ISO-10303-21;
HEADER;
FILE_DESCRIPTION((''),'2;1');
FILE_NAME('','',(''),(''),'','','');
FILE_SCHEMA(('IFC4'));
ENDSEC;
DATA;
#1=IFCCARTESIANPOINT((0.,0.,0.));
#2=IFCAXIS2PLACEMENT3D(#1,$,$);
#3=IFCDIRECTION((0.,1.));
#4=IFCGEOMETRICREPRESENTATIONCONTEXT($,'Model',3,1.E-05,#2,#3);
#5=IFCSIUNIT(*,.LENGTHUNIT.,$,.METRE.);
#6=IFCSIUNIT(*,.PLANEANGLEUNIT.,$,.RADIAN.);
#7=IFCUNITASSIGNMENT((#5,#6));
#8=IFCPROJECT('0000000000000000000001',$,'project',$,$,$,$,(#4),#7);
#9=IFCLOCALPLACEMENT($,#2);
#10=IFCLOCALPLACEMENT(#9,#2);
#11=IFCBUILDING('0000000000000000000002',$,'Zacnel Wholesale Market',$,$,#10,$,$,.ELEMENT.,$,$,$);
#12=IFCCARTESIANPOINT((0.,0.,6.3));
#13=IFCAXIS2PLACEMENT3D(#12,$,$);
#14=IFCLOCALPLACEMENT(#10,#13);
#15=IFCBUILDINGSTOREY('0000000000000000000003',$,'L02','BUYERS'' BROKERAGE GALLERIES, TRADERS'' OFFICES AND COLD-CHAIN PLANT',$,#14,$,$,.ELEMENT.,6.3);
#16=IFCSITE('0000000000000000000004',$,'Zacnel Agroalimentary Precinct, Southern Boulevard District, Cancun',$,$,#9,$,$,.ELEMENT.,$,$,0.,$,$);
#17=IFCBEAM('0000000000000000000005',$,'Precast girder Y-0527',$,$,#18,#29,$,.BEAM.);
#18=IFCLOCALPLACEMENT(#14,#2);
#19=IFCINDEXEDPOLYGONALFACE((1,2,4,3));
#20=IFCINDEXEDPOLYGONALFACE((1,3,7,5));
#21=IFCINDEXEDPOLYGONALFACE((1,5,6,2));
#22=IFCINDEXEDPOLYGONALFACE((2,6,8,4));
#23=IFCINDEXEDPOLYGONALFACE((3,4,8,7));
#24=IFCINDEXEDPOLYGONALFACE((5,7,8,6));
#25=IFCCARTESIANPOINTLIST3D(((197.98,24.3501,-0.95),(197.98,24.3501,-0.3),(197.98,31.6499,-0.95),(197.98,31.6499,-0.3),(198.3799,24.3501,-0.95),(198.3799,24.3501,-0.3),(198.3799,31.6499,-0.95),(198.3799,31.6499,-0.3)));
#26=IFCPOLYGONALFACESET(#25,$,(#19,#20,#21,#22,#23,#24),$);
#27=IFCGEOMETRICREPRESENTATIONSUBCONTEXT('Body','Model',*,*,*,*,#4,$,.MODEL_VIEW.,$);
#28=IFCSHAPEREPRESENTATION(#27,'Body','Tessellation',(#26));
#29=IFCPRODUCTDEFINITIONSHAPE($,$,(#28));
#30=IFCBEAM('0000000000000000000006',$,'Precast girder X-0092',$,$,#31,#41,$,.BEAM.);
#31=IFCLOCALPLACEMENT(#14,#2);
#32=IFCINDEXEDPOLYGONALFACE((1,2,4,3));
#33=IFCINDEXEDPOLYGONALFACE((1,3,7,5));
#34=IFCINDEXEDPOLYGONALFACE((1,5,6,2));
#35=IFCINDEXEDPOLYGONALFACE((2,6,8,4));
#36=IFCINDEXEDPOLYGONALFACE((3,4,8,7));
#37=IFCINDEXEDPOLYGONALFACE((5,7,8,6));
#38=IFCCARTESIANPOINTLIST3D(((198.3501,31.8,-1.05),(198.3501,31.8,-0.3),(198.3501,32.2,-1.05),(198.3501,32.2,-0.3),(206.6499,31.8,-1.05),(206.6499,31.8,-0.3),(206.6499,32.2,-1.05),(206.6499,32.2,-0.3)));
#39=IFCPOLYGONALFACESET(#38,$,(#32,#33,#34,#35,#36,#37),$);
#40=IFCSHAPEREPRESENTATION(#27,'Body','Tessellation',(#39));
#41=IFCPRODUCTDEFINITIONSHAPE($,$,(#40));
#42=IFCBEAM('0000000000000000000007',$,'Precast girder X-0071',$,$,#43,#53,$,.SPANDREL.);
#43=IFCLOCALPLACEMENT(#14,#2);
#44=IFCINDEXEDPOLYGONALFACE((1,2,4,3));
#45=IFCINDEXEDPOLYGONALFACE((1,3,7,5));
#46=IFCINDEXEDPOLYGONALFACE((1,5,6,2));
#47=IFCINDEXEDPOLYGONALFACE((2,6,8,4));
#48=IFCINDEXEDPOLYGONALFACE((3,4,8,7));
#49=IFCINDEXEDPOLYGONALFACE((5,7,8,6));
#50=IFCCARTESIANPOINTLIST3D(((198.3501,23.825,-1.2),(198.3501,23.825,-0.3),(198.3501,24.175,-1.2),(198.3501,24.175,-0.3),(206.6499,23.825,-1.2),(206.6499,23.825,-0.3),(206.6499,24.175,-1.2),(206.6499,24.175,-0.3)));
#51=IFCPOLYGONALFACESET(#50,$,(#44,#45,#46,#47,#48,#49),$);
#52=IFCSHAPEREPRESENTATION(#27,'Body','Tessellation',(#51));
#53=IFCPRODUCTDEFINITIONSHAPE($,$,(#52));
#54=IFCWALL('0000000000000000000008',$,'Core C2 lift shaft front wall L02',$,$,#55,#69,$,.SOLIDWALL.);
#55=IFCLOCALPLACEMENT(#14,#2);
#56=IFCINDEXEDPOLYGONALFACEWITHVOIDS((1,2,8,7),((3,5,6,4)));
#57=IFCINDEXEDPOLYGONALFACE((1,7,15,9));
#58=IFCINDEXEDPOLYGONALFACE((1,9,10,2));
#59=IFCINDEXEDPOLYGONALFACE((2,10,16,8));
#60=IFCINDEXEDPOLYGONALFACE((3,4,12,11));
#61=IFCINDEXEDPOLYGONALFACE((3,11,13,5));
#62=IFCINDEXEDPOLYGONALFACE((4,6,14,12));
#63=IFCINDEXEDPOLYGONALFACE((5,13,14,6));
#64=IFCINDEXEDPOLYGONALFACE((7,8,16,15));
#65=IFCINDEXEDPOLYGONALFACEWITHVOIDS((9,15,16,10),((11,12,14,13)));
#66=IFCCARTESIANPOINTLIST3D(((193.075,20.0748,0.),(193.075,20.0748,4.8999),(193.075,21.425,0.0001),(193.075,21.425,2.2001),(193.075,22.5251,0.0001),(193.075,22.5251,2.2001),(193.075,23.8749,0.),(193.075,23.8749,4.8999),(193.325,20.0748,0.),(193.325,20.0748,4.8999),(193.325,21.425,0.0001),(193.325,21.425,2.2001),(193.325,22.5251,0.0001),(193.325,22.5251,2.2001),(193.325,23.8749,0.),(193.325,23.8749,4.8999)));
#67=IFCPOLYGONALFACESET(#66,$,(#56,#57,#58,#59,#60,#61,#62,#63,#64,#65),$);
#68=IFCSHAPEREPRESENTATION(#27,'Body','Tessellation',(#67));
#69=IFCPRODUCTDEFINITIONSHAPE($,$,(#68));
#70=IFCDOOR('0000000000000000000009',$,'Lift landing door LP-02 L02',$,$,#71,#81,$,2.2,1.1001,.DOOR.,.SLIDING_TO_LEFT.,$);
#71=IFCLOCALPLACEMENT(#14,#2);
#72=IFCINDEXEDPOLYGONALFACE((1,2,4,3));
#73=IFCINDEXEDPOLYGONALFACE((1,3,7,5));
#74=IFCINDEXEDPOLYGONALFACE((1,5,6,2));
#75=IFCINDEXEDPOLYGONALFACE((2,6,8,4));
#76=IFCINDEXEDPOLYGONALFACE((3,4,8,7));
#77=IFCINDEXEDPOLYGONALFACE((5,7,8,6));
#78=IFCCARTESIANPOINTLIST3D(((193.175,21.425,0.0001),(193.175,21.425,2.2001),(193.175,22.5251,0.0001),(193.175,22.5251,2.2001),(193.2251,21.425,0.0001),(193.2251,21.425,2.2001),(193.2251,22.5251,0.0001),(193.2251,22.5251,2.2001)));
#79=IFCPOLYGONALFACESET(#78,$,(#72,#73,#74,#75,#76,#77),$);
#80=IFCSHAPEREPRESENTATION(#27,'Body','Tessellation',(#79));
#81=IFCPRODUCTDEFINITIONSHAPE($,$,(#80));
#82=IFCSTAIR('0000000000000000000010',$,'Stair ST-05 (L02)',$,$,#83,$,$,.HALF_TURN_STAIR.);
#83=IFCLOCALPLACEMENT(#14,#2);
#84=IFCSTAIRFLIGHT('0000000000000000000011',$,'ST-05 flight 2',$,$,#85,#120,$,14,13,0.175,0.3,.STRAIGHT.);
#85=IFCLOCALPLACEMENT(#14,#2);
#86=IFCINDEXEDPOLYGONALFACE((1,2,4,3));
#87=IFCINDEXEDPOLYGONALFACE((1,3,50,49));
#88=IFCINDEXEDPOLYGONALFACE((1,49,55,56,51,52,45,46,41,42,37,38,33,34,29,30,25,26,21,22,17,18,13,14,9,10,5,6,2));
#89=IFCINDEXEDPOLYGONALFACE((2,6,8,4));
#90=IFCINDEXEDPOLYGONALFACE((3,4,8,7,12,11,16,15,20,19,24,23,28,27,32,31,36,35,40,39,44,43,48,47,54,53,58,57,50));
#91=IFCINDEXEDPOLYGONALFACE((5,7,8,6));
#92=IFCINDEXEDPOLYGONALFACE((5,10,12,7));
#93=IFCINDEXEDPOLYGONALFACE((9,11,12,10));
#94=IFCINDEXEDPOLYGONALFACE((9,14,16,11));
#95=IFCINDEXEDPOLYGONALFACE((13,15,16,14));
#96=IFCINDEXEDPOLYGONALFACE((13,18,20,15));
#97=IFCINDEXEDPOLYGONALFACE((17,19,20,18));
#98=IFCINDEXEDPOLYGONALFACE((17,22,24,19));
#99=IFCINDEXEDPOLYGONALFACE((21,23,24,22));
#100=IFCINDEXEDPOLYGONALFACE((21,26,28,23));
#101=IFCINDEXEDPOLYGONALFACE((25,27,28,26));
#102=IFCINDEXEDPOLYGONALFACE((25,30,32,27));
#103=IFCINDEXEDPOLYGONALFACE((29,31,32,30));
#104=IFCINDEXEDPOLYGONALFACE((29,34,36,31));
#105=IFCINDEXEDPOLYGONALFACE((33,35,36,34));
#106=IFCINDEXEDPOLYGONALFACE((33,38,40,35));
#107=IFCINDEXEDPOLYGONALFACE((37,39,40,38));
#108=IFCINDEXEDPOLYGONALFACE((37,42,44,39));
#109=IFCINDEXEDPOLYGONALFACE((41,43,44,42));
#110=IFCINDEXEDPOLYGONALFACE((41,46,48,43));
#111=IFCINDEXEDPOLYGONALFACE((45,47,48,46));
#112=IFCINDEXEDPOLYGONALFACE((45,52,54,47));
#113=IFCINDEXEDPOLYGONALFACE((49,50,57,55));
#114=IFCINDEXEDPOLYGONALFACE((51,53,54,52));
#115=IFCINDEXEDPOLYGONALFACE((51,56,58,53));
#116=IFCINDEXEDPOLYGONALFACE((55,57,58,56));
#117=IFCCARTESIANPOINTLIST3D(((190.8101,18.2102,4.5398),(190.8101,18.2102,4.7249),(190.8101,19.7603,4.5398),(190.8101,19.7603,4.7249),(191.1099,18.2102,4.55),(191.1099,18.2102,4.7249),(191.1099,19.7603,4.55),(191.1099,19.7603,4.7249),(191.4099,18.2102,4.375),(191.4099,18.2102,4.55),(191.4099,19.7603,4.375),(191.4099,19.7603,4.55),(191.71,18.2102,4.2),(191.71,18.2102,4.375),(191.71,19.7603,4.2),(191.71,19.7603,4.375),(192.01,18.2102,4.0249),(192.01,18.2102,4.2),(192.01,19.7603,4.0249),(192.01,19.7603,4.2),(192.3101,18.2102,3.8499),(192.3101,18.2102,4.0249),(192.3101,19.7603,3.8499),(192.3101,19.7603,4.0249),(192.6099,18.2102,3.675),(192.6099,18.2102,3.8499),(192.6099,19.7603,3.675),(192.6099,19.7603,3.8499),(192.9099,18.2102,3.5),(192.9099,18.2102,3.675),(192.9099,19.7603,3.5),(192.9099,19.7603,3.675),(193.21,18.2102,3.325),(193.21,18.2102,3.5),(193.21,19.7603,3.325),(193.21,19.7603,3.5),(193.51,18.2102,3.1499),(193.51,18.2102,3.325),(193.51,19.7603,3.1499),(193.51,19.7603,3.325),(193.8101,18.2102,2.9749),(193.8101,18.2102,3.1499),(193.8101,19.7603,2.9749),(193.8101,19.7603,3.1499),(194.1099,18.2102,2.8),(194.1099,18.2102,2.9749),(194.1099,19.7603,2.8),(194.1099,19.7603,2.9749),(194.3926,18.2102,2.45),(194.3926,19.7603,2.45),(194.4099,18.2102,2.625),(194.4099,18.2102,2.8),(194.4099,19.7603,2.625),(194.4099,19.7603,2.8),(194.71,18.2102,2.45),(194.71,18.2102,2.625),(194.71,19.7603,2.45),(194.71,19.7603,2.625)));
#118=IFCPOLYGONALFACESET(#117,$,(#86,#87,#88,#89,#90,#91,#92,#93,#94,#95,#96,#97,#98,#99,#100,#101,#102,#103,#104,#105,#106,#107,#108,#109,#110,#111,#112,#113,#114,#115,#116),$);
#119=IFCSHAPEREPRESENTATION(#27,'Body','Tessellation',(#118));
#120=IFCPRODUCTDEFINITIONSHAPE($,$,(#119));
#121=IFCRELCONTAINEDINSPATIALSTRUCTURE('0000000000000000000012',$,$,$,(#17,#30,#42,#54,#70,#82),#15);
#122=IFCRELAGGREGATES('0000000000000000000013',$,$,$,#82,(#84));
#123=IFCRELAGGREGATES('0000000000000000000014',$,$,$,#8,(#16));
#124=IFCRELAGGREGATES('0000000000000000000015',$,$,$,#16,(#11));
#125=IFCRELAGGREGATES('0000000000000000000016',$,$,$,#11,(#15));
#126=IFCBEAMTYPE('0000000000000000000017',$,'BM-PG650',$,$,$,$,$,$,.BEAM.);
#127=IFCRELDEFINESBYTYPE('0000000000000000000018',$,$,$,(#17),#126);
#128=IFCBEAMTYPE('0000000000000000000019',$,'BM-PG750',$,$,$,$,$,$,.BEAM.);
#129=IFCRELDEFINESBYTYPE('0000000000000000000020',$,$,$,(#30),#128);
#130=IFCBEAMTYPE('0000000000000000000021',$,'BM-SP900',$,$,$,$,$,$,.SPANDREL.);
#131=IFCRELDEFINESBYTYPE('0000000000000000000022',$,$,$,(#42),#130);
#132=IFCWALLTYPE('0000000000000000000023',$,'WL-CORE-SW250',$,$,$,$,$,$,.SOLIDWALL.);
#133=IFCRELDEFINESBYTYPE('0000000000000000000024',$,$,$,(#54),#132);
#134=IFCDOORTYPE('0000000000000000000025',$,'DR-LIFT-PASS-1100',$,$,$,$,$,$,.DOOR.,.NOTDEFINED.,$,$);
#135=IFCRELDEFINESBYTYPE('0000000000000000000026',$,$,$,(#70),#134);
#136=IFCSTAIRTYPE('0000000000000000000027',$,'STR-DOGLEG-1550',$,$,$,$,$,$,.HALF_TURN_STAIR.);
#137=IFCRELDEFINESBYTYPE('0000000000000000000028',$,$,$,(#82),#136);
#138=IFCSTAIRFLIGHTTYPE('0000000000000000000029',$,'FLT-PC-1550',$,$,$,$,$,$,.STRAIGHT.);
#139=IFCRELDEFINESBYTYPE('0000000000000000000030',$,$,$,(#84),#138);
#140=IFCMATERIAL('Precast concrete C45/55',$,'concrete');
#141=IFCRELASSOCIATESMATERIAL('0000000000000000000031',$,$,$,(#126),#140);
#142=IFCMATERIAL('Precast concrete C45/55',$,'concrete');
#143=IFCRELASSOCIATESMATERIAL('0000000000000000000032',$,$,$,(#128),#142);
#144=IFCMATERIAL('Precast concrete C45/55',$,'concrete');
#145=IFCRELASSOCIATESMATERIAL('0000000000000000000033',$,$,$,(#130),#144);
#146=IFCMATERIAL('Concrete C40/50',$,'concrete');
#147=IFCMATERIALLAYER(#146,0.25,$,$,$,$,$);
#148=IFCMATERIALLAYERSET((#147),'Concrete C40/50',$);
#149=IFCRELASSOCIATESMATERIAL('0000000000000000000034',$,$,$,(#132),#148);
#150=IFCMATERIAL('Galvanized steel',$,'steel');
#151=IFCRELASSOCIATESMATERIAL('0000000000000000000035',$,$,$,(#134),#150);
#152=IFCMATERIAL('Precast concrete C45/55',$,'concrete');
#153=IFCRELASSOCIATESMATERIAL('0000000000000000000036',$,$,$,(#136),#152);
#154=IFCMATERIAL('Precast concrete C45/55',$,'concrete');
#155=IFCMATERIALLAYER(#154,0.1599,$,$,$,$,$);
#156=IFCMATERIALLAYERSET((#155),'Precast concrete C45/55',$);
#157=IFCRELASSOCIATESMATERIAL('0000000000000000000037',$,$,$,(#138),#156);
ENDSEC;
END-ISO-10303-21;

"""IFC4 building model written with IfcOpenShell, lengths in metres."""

from ifc_helpers import new_model, si_unit, direction, frame, frame_2d, origin, origin_2d, place, context, subcontext, project, spatial, polyline, rectangle, outline, extrude, material, layer, layer_set, material_profile, profile_set, type_object, element, fill, aggregate, save


model = new_model("IFC4")

# Units and contexts
model_context = context("Model", 3, precision=1e-05, world=origin(), true_north=direction((0.0, 1.0)))
body_context = subcontext(model_context, "Body", "Model", "MODEL_VIEW")
ifc_project = project(units=[si_unit("LENGTHUNIT", "METRE"), si_unit("PLANEANGLEUNIT", "RADIAN")], contexts=[model_context])

# Site, building, storey
site_placement = place(None, origin())
site = spatial("IfcSite", under=ifc_project, at=site_placement, Name="Zacnel Agroalimentary Precinct, Southern Boulevard District, Cancun", CompositionType="ELEMENT", RefElevation=0.0)
building_placement = place(site_placement, origin())
building = spatial("IfcBuilding", under=site, at=building_placement, Name="Zacnel Wholesale Market", CompositionType="ELEMENT")
storey_placement = place(building_placement, frame((0.0, 0.0, 6.3)))
storey = spatial("IfcBuildingStorey", under=building, at=storey_placement, Name="L02", Description="BUYERS' BROKERAGE GALLERIES, TRADERS' OFFICES AND COLD-CHAIN PLANT", CompositionType="ELEMENT", Elevation=6.3)

# Beams
ifc_material_1 = material(Name="Precast concrete C45/55", Category="concrete")
ifc_material_profile_1 = material_profile(ifc_material_1, rectangle(XDim=0.3999, YDim=0.6499, at=origin_2d()), Name="PG 400x650")
ifc_profile_set_1 = profile_set([ifc_material_profile_1], Name="Precast concrete C45/55")
beam_type_1 = type_object("IfcBeamType", Name="BM-PG650", PredefinedType="BEAM", material=ifc_profile_set_1)
beam_1_placement = place(storey_placement, frame((198.1799, 24.3501, -0.625), z_axis=(0.0, 1.0, 0.0), x_axis=(-1.0, 0.0, 0.0)))
element("IfcBeam", 1, at=beam_1_placement, inside=storey, type_object=beam_type_1, Name="Precast girder Y-0527", PredefinedType="BEAM", context=body_context, shape_type="SweptSolid", body=[
    extrude(rectangle(XDim=0.3999, YDim=0.6499, at=origin_2d()), origin(), (0.0, 0.0, 1.0), 7.2998),
])
ifc_material_2 = material(Name="Precast concrete C45/55", Category="concrete")
ifc_material_profile_2 = material_profile(ifc_material_2, rectangle(XDim=0.3999, YDim=0.75, at=origin_2d()), Name="PG 400x750")
ifc_profile_set_2 = profile_set([ifc_material_profile_2], Name="Precast concrete C45/55")
beam_type_2 = type_object("IfcBeamType", Name="BM-PG750", PredefinedType="BEAM", material=ifc_profile_set_2)
beam_2_placement = place(storey_placement, frame((198.3501, 32.0, -0.675), z_axis=(1.0, 0.0, 0.0), x_axis=(0.0, 1.0, 0.0)))
element("IfcBeam", 2, at=beam_2_placement, inside=storey, type_object=beam_type_2, Name="Precast girder X-0092", PredefinedType="BEAM", context=body_context, shape_type="SweptSolid", body=[
    extrude(rectangle(XDim=0.3999, YDim=0.75, at=origin_2d()), origin(), (0.0, 0.0, 1.0), 8.2998),
])
ifc_material_3 = material(Name="Precast concrete C45/55", Category="concrete")
ifc_material_profile_3 = material_profile(ifc_material_3, rectangle(XDim=0.3501, YDim=0.8999, at=origin_2d()), Name="SP 350x900")
ifc_profile_set_3 = profile_set([ifc_material_profile_3], Name="Precast concrete C45/55")
beam_type_3 = type_object("IfcBeamType", Name="BM-SP900", PredefinedType="SPANDREL", material=ifc_profile_set_3)
beam_3_placement = place(storey_placement, frame((198.3501, 24.0, -0.75), z_axis=(1.0, 0.0, 0.0), x_axis=(0.0, 1.0, 0.0)))
element("IfcBeam", 3, at=beam_3_placement, inside=storey, type_object=beam_type_3, Name="Precast girder X-0071", PredefinedType="SPANDREL", context=body_context, shape_type="SweptSolid", body=[
    extrude(rectangle(XDim=0.3501, YDim=0.8999, at=origin_2d()), origin(), (0.0, 0.0, 1.0), 8.2998),
])

# Wall, opening, door
ifc_material_4 = material(Name="Concrete C40/50", Category="concrete")
ifc_layer_1 = layer(ifc_material_4, 0.25)
ifc_layer_set_1 = layer_set([ifc_layer_1], Name="Concrete C40/50")
wall_type_1 = type_object("IfcWallType", Name="WL-CORE-SW250", PredefinedType="SOLIDWALL", material=ifc_layer_set_1)
wall_1_placement = place(storey_placement, frame((193.2, 20.075, 0.0), z_axis=(0.0, 0.0, 1.0), x_axis=(0.0, 1.0, 0.0)))
wall_1 = element("IfcWall", 4, at=wall_1_placement, inside=storey, type_object=wall_type_1, Name="Core C2 lift shaft front wall L02", PredefinedType="SOLIDWALL", context=body_context, shape_type="SweptSolid", body=[
    extrude(rectangle(XDim=3.8, YDim=0.25, at=frame_2d((1.8999, 0.0))), origin(), (0.0, 0.0, 1.0), 4.8999),
])
opening_1_placement = place(wall_1_placement, frame((1.3501, 0.0, 0.0)))
opening_1 = element("IfcOpeningElement", 5, at=opening_1_placement, cuts=wall_1, PredefinedType="OPENING", context=body_context, shape_type="SweptSolid", body=[
    extrude(rectangle(XDim=1.1001, YDim=2.2, at=frame_2d((0.55, 1.1001))), frame((0.0, 0.135, 0.0), z_axis=(0.0, -1.0, 0.0), x_axis=(1.0, 0.0, 0.0)), (0.0, 0.0, 1.0), 0.27),
])
ifc_material_5 = material(Name="Galvanized steel", Category="steel")
door_type_1 = type_object("IfcDoorType", Name="DR-LIFT-PASS-1100", OperationType="NOTDEFINED", PredefinedType="DOOR", material=ifc_material_5)
door_1_placement = place(opening_1_placement, origin())
door_1 = element("IfcDoor", 6, at=door_1_placement, inside=storey, type_object=door_type_1, Name="Lift landing door LP-02 L02", OperationType="SLIDING_TO_LEFT", OverallHeight=2.2, OverallWidth=1.1001, PredefinedType="DOOR", context=body_context, shape_type="SweptSolid", body=[
    extrude(rectangle(XDim=1.1001, YDim=2.2, at=frame_2d((0.55, 1.1001))), frame((0.0, 0.0249, 0.0), z_axis=(0.0, -1.0, 0.0), x_axis=(1.0, 0.0, 0.0)), (0.0, 0.0, 1.0), 0.05),
])
fill(opening_1, door_1)

# Stair, stair flight
ifc_material_6 = material(Name="Precast concrete C45/55", Category="concrete")
stair_type = type_object("IfcStairType", Name="STR-DOGLEG-1550", PredefinedType="HALF_TURN_STAIR", material=ifc_material_6)
stair_placement = place(storey_placement, origin())
stair = element("IfcStair", 7, at=stair_placement, inside=storey, type_object=stair_type, Name="Stair ST-05 (L02)", PredefinedType="HALF_TURN_STAIR")
ifc_material_7 = material(Name="Precast concrete C45/55", Category="concrete")
ifc_layer_2 = layer(ifc_material_7, 0.1599)
ifc_layer_set_2 = layer_set([ifc_layer_2], Name="Precast concrete C45/55")
stair_flight_type = type_object("IfcStairFlightType", Name="FLT-PC-1550", PredefinedType="STRAIGHT", material=ifc_layer_set_2)
stair_flight_placement = place(storey_placement, frame((194.71, 18.9851, 2.45), z_axis=(0.0, 0.0, 1.0), x_axis=(-1.0, 0.0, 0.0)))
stair_flight = element("IfcStairFlight", 8, at=stair_flight_placement, type_object=stair_flight_type, Name="ST-05 flight 2", NumberOfRisers=14, NumberOfTreads=13, PredefinedType="STRAIGHT", RiserHeight=0.175, TreadLength=0.3, context=body_context, shape_type="SweptSolid", body=[
    extrude(outline(polyline([(0.0, 0.0), (0.0, 0.175), (0.3, 0.175), (0.3, 0.3501), (0.6001, 0.3501), (0.6001, 0.5249), (0.8999, 0.5249), (0.8999, 0.7), (1.2, 0.7), (1.2, 0.875), (1.5, 0.875), (1.5, 1.05), (1.8, 1.05), (1.8, 1.2251), (2.1001, 1.2251), (2.1001, 1.3999), (2.3999, 1.3999), (2.3999, 1.575), (2.7, 1.575), (2.7, 1.75), (3.0, 1.75), (3.0, 1.925), (3.3, 1.925), (3.3, 2.1001), (3.6001, 2.1001), (3.6001, 2.2749), (3.8999, 2.2749), (3.8999, 2.45), (3.8999, 2.0898), (0.3174, 0.0), (0.0, 0.0)])), frame((0.0, 0.7749, 0.0), z_axis=(0.0, -1.0, 0.0), x_axis=(1.0, 0.0, 0.0)), (0.0, 0.0, 1.0), 1.55),
])
aggregate(stair, [stair_flight])

save(model, "model.ifc")
